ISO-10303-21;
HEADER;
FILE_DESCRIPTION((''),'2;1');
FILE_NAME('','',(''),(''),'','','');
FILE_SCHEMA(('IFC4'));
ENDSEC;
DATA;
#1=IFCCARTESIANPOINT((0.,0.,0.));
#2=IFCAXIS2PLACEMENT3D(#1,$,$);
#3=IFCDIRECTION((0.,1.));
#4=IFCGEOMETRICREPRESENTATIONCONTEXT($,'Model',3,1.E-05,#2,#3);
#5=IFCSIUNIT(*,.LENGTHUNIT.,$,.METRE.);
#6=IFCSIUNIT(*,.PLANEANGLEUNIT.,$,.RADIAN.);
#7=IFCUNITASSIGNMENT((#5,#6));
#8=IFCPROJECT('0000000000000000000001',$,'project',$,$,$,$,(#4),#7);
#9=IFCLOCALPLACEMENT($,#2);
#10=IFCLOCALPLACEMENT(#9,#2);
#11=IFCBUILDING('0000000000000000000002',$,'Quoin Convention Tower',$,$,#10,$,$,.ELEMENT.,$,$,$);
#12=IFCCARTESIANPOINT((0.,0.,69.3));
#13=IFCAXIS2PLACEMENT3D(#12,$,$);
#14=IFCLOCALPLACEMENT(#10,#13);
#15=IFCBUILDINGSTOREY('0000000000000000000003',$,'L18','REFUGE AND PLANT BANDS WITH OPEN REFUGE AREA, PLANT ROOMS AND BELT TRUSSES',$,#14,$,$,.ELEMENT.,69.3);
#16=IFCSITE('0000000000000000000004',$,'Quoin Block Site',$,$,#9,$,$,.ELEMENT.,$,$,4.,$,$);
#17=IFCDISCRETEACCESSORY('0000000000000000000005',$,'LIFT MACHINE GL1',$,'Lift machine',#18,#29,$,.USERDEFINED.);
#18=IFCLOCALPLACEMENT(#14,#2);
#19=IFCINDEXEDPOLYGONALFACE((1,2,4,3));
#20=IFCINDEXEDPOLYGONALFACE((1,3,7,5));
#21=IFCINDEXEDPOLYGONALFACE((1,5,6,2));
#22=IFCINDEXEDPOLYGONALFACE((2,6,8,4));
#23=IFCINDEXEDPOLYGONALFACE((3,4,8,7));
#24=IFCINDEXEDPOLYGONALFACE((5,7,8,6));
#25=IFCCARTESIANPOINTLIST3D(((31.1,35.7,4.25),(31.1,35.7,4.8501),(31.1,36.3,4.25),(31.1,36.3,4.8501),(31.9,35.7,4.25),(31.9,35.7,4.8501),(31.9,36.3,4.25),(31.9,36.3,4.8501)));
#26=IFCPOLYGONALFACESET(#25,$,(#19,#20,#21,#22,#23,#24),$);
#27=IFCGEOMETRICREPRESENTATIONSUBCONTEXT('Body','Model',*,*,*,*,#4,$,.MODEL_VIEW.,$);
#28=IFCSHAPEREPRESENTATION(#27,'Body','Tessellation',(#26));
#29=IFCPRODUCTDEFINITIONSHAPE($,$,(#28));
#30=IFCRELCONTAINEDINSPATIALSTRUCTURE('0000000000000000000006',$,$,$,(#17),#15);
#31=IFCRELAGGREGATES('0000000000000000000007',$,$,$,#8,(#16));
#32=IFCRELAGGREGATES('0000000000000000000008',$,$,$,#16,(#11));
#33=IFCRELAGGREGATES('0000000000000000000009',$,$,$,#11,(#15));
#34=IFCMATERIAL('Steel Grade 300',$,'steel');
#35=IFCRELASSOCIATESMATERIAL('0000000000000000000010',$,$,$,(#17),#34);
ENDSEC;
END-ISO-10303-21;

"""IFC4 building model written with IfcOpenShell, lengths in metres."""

from ifc_helpers import new_model, si_unit, direction, frame, origin, origin_2d, place, context, subcontext, project, spatial, rectangle, extrude, material, element, save


model = new_model("IFC4")

# Units and contexts
model_context = context("Model", 3, precision=1e-05, world=origin(), true_north=direction((0.0, 1.0)))
body_context = subcontext(model_context, "Body", "Model", "MODEL_VIEW")
ifc_project = project(units=[si_unit("LENGTHUNIT", "METRE"), si_unit("PLANEANGLEUNIT", "RADIAN")], contexts=[model_context])

# Site, building, storey
site_placement = place(None, origin())
site = spatial("IfcSite", under=ifc_project, at=site_placement, Name="Quoin Block Site", CompositionType="ELEMENT", RefElevation=4.0)
building_placement = place(site_placement, origin())
building = spatial("IfcBuilding", under=site, at=building_placement, Name="Quoin Convention Tower", CompositionType="ELEMENT")
storey_placement = place(building_placement, frame((0.0, 0.0, 69.3)))
storey = spatial("IfcBuildingStorey", under=building, at=storey_placement, Name="L18", Description="REFUGE AND PLANT BANDS WITH OPEN REFUGE AREA, PLANT ROOMS AND BELT TRUSSES", CompositionType="ELEMENT", Elevation=69.3)

# Shared definitions
ifc_material_1 = material(Name="Steel Grade 300", Category="steel")

# Discrete accessory
discrete_accessory_placement = place(storey_placement, frame((31.5, 36.0, 4.25), z_axis=(0.0, 0.0, 1.0), x_axis=(1.0, 0.0, 0.0)))
element("IfcDiscreteAccessory", 1, at=discrete_accessory_placement, inside=storey, material=ifc_material_1, Name="LIFT MACHINE GL1", ObjectType="Lift machine", PredefinedType="USERDEFINED", context=body_context, shape_type="SweptSolid", body=[
    extrude(rectangle(XDim=0.8, YDim=0.6001, at=origin_2d()), origin(), (0.0, 0.0, 1.0), 0.6001),
])

save(model, "model.ifc")
